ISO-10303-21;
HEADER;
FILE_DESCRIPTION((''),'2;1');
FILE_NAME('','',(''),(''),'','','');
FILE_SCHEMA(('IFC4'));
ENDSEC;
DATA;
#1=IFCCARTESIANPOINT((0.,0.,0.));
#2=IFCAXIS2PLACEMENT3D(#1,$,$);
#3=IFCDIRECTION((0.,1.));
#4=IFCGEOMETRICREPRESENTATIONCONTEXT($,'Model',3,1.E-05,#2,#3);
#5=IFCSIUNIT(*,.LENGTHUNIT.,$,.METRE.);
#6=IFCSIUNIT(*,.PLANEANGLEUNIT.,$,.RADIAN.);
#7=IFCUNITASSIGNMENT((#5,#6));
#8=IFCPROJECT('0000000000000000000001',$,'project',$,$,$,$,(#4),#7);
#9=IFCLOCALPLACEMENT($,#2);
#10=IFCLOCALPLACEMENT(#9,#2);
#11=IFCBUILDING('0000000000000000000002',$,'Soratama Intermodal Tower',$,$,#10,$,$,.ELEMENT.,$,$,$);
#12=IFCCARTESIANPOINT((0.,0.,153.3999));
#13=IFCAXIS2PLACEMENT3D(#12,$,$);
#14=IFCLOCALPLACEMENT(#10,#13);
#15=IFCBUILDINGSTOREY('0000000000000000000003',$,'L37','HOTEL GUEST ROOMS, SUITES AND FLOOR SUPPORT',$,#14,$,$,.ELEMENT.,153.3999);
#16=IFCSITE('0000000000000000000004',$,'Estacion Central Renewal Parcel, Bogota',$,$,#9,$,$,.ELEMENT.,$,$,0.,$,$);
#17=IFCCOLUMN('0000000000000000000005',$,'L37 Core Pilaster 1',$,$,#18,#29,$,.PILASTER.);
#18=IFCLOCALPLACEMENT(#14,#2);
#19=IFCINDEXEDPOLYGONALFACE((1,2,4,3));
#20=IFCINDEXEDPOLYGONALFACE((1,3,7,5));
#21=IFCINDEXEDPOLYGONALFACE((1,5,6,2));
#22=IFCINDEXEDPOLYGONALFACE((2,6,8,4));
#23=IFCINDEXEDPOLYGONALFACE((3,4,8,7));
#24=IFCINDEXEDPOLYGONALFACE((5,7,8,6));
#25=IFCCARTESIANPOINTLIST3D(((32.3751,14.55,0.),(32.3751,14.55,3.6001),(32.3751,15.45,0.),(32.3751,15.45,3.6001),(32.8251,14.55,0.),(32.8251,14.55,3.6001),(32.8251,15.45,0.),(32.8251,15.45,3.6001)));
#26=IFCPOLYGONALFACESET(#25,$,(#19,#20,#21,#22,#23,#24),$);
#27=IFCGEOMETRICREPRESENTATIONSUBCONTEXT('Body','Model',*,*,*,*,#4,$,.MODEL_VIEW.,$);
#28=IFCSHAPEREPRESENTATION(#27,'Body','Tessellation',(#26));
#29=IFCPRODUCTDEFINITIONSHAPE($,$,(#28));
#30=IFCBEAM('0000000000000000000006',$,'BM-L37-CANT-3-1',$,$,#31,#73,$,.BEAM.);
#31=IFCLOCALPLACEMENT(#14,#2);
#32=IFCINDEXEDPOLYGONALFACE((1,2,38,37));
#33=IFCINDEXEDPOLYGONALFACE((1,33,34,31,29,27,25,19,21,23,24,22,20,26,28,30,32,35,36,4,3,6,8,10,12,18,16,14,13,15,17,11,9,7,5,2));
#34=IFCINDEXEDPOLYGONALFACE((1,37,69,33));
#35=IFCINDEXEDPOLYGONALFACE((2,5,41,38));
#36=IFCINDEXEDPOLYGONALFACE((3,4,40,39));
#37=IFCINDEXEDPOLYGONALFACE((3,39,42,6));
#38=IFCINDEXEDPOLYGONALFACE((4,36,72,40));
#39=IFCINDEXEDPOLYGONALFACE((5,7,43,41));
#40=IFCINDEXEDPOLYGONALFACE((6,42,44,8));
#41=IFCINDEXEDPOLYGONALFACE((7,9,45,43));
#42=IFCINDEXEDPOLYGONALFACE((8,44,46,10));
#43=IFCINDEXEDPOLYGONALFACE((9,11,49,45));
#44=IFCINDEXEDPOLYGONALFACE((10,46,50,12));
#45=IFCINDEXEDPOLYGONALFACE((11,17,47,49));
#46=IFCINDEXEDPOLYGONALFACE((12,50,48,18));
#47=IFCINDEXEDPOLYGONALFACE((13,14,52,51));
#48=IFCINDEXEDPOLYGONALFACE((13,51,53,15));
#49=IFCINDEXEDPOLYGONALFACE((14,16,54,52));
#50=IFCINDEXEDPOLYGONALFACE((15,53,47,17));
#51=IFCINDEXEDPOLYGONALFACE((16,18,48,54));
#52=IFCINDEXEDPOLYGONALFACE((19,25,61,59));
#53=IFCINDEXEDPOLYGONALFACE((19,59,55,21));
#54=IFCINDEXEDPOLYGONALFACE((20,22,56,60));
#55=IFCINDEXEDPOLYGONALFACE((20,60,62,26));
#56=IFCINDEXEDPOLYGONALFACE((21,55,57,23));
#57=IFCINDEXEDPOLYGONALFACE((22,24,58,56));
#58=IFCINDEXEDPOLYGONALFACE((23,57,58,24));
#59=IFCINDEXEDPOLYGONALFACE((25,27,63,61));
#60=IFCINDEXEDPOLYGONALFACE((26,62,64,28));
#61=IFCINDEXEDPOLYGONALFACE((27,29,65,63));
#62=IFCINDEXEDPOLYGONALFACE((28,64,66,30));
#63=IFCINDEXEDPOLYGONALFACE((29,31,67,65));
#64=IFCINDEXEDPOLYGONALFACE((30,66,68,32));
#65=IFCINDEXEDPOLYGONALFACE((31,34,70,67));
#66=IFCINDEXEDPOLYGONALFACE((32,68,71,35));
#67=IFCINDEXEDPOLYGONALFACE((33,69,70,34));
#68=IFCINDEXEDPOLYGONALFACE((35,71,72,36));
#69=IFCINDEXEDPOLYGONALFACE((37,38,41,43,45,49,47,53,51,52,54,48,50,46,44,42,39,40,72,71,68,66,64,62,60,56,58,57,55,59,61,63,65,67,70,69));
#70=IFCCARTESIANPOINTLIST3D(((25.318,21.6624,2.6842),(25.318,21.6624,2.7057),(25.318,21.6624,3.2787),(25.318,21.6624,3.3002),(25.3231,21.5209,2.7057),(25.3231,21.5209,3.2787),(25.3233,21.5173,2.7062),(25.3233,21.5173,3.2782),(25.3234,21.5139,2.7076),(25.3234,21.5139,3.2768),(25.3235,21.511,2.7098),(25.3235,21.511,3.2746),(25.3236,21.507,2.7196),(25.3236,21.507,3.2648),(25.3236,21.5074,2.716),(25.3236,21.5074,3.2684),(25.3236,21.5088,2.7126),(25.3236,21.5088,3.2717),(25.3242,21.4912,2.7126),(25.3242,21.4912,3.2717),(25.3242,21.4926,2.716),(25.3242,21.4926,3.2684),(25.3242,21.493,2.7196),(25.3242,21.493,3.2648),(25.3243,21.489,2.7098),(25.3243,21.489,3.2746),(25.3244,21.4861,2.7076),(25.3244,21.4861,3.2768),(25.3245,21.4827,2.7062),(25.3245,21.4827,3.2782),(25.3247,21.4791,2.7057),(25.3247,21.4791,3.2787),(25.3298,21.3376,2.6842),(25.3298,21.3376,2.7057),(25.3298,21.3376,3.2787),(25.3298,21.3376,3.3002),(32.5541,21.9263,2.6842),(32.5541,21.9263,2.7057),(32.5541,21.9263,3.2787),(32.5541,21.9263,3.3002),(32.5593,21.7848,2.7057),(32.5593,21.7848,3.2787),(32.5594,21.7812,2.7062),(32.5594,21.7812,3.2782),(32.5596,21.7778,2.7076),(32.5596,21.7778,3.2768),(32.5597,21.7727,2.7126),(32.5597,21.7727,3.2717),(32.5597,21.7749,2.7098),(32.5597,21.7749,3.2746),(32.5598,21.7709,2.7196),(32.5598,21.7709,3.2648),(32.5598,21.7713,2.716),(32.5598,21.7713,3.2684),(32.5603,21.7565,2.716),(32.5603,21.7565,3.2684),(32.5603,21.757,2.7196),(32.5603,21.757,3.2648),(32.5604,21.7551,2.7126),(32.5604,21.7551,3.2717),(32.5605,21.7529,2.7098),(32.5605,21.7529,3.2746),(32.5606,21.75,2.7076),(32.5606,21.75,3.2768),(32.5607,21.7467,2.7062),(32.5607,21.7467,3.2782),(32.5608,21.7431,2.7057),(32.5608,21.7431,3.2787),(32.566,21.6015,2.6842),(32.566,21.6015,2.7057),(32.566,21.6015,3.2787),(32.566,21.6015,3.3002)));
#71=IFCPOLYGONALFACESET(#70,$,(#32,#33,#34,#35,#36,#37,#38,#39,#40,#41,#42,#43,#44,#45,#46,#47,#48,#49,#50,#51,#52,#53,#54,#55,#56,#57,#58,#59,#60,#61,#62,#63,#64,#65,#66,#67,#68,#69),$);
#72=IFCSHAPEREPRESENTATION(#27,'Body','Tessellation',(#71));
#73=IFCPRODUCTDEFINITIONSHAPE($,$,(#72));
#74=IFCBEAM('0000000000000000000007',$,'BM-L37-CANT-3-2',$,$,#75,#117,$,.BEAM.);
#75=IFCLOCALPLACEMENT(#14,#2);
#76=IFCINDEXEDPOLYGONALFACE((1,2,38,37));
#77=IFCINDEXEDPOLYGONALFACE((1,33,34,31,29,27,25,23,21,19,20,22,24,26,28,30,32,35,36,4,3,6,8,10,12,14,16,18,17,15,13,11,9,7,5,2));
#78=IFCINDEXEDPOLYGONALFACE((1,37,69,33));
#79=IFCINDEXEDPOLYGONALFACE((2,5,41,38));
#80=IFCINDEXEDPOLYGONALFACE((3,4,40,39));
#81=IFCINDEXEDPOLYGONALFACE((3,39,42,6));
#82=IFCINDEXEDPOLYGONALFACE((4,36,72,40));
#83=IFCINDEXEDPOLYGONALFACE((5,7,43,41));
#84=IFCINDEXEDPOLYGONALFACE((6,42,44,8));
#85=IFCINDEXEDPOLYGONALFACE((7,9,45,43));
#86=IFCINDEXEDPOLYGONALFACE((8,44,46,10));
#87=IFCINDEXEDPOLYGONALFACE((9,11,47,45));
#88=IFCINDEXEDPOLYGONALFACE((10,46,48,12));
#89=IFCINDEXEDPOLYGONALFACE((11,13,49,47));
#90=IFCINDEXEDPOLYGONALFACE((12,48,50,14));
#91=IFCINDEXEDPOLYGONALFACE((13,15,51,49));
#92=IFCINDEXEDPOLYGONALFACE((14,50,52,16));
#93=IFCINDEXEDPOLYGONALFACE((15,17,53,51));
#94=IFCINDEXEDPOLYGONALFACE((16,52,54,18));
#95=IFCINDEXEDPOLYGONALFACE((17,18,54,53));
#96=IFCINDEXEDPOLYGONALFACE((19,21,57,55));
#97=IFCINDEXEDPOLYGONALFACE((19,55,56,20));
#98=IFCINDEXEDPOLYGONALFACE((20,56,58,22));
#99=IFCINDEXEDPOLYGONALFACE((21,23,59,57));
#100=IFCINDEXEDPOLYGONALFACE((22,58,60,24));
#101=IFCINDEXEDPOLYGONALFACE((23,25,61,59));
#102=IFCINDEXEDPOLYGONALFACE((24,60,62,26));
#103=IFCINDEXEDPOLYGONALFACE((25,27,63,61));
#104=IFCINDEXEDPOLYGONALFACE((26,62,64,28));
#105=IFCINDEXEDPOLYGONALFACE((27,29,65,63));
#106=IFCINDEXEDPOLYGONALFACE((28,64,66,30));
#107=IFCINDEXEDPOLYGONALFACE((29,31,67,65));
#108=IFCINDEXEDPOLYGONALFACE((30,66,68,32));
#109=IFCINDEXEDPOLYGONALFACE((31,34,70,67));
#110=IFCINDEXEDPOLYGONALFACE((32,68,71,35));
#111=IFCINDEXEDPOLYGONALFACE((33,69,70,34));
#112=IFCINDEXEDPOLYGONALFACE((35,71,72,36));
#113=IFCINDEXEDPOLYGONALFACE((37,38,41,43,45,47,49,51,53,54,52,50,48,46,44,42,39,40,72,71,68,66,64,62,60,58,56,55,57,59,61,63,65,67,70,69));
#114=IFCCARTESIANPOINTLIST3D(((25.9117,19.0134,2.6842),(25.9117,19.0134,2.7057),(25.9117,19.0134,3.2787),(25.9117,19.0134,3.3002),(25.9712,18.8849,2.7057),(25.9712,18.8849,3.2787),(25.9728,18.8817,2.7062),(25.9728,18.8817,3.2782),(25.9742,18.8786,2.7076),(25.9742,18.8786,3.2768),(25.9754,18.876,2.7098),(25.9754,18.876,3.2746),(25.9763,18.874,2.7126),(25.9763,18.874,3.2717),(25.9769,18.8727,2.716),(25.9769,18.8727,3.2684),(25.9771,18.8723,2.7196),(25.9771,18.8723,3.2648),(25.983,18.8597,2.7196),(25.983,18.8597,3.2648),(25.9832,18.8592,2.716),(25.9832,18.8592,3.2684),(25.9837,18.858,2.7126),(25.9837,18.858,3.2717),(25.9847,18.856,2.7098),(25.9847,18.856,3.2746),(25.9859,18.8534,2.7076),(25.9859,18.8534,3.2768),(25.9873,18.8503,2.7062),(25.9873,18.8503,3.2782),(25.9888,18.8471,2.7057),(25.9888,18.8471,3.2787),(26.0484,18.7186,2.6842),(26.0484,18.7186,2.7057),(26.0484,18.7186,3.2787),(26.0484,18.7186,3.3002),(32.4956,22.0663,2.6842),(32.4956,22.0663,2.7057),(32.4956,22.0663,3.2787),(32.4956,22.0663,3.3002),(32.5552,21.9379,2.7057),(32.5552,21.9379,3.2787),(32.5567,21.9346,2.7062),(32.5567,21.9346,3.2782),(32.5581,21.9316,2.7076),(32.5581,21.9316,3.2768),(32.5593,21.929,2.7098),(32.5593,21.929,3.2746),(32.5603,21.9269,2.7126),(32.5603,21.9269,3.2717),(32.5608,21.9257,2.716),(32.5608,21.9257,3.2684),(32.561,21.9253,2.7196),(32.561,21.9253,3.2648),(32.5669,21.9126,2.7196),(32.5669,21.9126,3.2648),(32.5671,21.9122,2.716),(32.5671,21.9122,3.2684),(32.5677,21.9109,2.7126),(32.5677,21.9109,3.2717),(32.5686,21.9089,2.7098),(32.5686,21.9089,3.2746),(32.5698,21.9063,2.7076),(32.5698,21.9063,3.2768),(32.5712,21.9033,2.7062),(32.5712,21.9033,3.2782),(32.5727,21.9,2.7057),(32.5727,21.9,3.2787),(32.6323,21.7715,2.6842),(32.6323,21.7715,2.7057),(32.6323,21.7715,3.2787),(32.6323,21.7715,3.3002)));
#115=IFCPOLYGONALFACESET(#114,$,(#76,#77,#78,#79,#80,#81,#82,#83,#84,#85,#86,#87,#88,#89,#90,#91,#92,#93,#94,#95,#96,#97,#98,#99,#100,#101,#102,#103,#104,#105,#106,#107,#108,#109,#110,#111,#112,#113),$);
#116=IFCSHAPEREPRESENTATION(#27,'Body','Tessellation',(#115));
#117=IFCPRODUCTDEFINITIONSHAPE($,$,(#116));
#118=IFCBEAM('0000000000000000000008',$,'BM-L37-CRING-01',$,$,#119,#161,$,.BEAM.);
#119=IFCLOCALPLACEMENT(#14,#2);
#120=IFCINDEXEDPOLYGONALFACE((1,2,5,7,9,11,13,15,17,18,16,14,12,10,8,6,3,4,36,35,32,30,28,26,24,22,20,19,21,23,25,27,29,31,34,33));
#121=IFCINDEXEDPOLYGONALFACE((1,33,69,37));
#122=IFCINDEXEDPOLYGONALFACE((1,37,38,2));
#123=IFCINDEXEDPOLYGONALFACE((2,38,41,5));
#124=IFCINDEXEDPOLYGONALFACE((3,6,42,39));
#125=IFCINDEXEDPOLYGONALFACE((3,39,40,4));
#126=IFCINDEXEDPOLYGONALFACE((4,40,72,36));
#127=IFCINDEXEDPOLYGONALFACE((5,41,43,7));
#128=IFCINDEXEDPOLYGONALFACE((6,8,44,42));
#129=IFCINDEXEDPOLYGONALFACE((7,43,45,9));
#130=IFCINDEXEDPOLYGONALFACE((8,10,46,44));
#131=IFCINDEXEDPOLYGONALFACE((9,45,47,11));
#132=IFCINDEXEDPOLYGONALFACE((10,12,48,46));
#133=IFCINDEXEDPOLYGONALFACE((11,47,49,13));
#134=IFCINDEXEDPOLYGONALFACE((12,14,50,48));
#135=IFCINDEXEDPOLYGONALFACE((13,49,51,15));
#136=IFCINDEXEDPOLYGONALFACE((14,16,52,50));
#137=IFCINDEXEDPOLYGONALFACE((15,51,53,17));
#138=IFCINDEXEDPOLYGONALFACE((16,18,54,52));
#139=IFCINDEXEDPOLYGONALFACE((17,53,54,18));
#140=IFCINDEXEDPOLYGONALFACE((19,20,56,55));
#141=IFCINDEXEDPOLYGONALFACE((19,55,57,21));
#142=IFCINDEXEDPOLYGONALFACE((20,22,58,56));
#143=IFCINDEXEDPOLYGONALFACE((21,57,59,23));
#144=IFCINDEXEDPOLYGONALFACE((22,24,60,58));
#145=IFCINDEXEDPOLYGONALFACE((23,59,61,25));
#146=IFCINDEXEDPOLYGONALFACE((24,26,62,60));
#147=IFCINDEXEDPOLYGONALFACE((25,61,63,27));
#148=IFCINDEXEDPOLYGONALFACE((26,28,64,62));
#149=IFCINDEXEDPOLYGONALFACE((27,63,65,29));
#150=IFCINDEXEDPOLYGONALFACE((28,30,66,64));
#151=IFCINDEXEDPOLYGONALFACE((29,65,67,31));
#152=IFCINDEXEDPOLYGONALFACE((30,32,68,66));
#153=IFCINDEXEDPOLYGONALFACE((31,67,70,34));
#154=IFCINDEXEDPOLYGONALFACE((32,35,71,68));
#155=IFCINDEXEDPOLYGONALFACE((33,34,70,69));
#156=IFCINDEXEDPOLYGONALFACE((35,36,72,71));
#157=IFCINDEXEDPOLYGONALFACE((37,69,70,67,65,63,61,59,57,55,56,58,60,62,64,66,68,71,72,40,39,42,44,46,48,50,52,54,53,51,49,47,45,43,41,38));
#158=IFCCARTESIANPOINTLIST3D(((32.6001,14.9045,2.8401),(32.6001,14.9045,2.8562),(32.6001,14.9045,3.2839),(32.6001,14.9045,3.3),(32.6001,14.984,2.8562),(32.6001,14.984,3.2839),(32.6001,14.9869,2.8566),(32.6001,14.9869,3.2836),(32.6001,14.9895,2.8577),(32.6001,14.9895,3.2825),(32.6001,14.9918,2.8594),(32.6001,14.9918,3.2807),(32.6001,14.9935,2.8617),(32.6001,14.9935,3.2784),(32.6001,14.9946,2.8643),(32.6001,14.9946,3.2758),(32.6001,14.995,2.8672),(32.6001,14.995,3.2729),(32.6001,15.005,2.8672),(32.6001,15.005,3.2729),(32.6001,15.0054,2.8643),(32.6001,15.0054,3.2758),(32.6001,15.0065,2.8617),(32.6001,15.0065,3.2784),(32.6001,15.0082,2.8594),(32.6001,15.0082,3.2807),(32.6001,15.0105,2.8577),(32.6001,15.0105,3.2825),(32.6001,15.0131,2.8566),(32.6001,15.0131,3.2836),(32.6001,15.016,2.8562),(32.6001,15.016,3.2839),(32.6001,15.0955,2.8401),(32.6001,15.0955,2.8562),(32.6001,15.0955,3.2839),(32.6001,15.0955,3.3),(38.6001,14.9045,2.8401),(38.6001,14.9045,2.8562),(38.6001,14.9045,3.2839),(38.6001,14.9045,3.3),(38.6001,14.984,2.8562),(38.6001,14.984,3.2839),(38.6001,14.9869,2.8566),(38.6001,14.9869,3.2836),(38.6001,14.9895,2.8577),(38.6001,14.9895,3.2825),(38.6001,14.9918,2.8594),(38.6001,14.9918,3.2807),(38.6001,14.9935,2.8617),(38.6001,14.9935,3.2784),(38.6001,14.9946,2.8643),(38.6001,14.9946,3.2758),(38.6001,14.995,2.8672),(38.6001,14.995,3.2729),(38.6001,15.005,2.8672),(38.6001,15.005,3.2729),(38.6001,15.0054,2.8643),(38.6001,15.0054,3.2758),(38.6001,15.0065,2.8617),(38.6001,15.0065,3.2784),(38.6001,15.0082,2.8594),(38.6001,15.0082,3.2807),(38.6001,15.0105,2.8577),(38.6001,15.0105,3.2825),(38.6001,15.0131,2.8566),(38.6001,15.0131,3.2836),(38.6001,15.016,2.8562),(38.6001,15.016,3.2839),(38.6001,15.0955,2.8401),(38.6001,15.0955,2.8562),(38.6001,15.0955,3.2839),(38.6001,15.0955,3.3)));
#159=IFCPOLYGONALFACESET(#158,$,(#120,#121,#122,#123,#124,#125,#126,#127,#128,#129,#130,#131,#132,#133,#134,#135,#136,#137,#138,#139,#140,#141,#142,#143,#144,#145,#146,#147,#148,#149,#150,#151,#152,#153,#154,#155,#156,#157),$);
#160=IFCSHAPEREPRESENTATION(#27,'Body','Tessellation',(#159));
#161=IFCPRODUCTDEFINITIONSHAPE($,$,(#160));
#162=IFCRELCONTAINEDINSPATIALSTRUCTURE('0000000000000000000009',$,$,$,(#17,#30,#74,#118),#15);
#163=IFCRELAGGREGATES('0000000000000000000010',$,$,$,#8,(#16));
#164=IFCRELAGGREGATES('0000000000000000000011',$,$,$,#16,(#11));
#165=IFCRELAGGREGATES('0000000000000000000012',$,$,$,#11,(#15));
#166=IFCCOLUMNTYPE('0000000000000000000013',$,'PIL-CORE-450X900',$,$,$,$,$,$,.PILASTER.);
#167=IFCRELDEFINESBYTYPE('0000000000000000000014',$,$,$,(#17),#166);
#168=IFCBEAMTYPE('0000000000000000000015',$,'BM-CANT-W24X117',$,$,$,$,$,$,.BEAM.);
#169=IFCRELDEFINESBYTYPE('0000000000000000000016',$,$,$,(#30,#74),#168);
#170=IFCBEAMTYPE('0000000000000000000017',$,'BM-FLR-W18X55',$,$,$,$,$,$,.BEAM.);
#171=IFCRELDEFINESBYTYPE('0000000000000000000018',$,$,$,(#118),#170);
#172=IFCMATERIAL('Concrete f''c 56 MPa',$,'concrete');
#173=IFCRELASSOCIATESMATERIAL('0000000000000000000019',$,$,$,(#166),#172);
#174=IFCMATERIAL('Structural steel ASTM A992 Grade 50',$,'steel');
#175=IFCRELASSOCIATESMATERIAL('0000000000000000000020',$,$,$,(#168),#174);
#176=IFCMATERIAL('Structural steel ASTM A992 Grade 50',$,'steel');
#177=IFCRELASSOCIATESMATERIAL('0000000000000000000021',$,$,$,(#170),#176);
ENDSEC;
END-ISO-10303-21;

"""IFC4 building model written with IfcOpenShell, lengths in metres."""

from ifc_helpers import new_model, si_unit, direction, frame, origin, origin_2d, place, context, subcontext, project, spatial, rectangle, i_section, extrude, material, material_profile, profile_set, type_object, element, save


model = new_model("IFC4")

# Units and contexts
model_context = context("Model", 3, precision=1e-05, world=origin(), true_north=direction((0.0, 1.0)))
body_context = subcontext(model_context, "Body", "Model", "MODEL_VIEW")
ifc_project = project(units=[si_unit("LENGTHUNIT", "METRE"), si_unit("PLANEANGLEUNIT", "RADIAN")], contexts=[model_context])

# Site, building, storey
site_placement = place(None, origin())
site = spatial("IfcSite", under=ifc_project, at=site_placement, Name="Estacion Central Renewal Parcel, Bogota", CompositionType="ELEMENT", RefElevation=0.0)
building_placement = place(site_placement, origin())
building = spatial("IfcBuilding", under=site, at=building_placement, Name="Soratama Intermodal Tower", CompositionType="ELEMENT")
storey_placement = place(building_placement, frame((0.0, 0.0, 153.3999)))
storey = spatial("IfcBuildingStorey", under=building, at=storey_placement, Name="L37", Description="HOTEL GUEST ROOMS, SUITES AND FLOOR SUPPORT", CompositionType="ELEMENT", Elevation=153.3999)

# Column
ifc_material_1 = material(Name="Concrete f'c 56 MPa", Category="concrete")
ifc_material_profile_1 = material_profile(ifc_material_1, rectangle(XDim=0.45, YDim=0.8999, at=origin_2d()), Name="RC450X900")
ifc_profile_set_1 = profile_set([ifc_material_profile_1], Name="Concrete f'c 56 MPa")
column_type = type_object("IfcColumnType", Name="PIL-CORE-450X900", PredefinedType="PILASTER", material=ifc_profile_set_1)
column_placement = place(storey_placement, frame((32.6001, 15.0, 0.0), z_axis=(0.0, 0.0, 1.0), x_axis=(1.0, 0.0, 0.0)))
element("IfcColumn", 1, at=column_placement, inside=storey, type_object=column_type, Name="L37 Core Pilaster 1", PredefinedType="PILASTER", context=body_context, shape_type="SweptSolid", body=[
    extrude(rectangle(XDim=0.45, YDim=0.8999, at=origin_2d()), origin(), (0.0, 0.0, 1.0), 3.6001),
])

# Beams
ifc_material_2 = material(Name="Structural steel ASTM A992 Grade 50", Category="steel")
ifc_material_profile_2 = material_profile(ifc_material_2, i_section(OverallWidth=0.325, OverallDepth=0.616, WebThickness=0.0139, FlangeThickness=0.0215, FilletRadius=0.0139, at=origin_2d()), Name="W24X117")
ifc_profile_set_2 = profile_set([ifc_material_profile_2], Name="Structural steel ASTM A992 Grade 50")
beam_type_1 = type_object("IfcBeamType", Name="BM-CANT-W24X117", PredefinedType="BEAM", material=ifc_profile_set_2)
beam_1_placement = place(storey_placement, frame((32.5601, 21.7639, 2.9922), z_axis=(-0.999336, -0.036448, 0.0), x_axis=(0.036448, -0.999336, 0.0)))
element("IfcBeam", 2, at=beam_1_placement, inside=storey, type_object=beam_type_1, Name="BM-L37-CANT-3-1", PredefinedType="BEAM", context=body_context, shape_type="SweptSolid", body=[
    extrude(i_section(OverallWidth=0.325, OverallDepth=0.616, WebThickness=0.0139, FlangeThickness=0.0215, FilletRadius=0.0139, at=origin_2d()), origin(), (0.0, 0.0, 1.0), 7.241),
])
beam_2_placement = place(storey_placement, frame((32.564, 21.9189, 2.9922), z_axis=(-0.907213, -0.420672, 0.0), x_axis=(0.420672, -0.907213, 0.0)))
element("IfcBeam", 3, at=beam_2_placement, inside=storey, type_object=beam_type_1, Name="BM-L37-CANT-3-2", PredefinedType="BEAM", context=body_context, shape_type="SweptSolid", body=[
    extrude(i_section(OverallWidth=0.325, OverallDepth=0.616, WebThickness=0.0139, FlangeThickness=0.0215, FilletRadius=0.0139, at=origin_2d()), origin(), (0.0, 0.0, 1.0), 7.2573),
])
ifc_material_3 = material(Name="Structural steel ASTM A992 Grade 50", Category="steel")
ifc_material_profile_3 = material_profile(ifc_material_3, i_section(OverallWidth=0.1909, OverallDepth=0.46, WebThickness=0.01, FlangeThickness=0.0161, FilletRadius=0.011, at=origin_2d()), Name="W18X55")
ifc_profile_set_3 = profile_set([ifc_material_profile_3], Name="Structural steel ASTM A992 Grade 50")
beam_type_2 = type_object("IfcBeamType", Name="BM-FLR-W18X55", PredefinedType="BEAM", material=ifc_profile_set_3)
beam_3_placement = place(storey_placement, frame((32.6001, 15.0, 3.0701), z_axis=(1.0, 0.0, 0.0), x_axis=(0.0, 1.0, 0.0)))
element("IfcBeam", 4, at=beam_3_placement, inside=storey, type_object=beam_type_2, Name="BM-L37-CRING-01", PredefinedType="BEAM", context=body_context, shape_type="SweptSolid", body=[
    extrude(i_section(OverallWidth=0.1909, OverallDepth=0.46, WebThickness=0.01, FlangeThickness=0.0161, FilletRadius=0.011, at=origin_2d()), origin(), (0.0, 0.0, 1.0), 6.0),
])

save(model, "model.ifc")
